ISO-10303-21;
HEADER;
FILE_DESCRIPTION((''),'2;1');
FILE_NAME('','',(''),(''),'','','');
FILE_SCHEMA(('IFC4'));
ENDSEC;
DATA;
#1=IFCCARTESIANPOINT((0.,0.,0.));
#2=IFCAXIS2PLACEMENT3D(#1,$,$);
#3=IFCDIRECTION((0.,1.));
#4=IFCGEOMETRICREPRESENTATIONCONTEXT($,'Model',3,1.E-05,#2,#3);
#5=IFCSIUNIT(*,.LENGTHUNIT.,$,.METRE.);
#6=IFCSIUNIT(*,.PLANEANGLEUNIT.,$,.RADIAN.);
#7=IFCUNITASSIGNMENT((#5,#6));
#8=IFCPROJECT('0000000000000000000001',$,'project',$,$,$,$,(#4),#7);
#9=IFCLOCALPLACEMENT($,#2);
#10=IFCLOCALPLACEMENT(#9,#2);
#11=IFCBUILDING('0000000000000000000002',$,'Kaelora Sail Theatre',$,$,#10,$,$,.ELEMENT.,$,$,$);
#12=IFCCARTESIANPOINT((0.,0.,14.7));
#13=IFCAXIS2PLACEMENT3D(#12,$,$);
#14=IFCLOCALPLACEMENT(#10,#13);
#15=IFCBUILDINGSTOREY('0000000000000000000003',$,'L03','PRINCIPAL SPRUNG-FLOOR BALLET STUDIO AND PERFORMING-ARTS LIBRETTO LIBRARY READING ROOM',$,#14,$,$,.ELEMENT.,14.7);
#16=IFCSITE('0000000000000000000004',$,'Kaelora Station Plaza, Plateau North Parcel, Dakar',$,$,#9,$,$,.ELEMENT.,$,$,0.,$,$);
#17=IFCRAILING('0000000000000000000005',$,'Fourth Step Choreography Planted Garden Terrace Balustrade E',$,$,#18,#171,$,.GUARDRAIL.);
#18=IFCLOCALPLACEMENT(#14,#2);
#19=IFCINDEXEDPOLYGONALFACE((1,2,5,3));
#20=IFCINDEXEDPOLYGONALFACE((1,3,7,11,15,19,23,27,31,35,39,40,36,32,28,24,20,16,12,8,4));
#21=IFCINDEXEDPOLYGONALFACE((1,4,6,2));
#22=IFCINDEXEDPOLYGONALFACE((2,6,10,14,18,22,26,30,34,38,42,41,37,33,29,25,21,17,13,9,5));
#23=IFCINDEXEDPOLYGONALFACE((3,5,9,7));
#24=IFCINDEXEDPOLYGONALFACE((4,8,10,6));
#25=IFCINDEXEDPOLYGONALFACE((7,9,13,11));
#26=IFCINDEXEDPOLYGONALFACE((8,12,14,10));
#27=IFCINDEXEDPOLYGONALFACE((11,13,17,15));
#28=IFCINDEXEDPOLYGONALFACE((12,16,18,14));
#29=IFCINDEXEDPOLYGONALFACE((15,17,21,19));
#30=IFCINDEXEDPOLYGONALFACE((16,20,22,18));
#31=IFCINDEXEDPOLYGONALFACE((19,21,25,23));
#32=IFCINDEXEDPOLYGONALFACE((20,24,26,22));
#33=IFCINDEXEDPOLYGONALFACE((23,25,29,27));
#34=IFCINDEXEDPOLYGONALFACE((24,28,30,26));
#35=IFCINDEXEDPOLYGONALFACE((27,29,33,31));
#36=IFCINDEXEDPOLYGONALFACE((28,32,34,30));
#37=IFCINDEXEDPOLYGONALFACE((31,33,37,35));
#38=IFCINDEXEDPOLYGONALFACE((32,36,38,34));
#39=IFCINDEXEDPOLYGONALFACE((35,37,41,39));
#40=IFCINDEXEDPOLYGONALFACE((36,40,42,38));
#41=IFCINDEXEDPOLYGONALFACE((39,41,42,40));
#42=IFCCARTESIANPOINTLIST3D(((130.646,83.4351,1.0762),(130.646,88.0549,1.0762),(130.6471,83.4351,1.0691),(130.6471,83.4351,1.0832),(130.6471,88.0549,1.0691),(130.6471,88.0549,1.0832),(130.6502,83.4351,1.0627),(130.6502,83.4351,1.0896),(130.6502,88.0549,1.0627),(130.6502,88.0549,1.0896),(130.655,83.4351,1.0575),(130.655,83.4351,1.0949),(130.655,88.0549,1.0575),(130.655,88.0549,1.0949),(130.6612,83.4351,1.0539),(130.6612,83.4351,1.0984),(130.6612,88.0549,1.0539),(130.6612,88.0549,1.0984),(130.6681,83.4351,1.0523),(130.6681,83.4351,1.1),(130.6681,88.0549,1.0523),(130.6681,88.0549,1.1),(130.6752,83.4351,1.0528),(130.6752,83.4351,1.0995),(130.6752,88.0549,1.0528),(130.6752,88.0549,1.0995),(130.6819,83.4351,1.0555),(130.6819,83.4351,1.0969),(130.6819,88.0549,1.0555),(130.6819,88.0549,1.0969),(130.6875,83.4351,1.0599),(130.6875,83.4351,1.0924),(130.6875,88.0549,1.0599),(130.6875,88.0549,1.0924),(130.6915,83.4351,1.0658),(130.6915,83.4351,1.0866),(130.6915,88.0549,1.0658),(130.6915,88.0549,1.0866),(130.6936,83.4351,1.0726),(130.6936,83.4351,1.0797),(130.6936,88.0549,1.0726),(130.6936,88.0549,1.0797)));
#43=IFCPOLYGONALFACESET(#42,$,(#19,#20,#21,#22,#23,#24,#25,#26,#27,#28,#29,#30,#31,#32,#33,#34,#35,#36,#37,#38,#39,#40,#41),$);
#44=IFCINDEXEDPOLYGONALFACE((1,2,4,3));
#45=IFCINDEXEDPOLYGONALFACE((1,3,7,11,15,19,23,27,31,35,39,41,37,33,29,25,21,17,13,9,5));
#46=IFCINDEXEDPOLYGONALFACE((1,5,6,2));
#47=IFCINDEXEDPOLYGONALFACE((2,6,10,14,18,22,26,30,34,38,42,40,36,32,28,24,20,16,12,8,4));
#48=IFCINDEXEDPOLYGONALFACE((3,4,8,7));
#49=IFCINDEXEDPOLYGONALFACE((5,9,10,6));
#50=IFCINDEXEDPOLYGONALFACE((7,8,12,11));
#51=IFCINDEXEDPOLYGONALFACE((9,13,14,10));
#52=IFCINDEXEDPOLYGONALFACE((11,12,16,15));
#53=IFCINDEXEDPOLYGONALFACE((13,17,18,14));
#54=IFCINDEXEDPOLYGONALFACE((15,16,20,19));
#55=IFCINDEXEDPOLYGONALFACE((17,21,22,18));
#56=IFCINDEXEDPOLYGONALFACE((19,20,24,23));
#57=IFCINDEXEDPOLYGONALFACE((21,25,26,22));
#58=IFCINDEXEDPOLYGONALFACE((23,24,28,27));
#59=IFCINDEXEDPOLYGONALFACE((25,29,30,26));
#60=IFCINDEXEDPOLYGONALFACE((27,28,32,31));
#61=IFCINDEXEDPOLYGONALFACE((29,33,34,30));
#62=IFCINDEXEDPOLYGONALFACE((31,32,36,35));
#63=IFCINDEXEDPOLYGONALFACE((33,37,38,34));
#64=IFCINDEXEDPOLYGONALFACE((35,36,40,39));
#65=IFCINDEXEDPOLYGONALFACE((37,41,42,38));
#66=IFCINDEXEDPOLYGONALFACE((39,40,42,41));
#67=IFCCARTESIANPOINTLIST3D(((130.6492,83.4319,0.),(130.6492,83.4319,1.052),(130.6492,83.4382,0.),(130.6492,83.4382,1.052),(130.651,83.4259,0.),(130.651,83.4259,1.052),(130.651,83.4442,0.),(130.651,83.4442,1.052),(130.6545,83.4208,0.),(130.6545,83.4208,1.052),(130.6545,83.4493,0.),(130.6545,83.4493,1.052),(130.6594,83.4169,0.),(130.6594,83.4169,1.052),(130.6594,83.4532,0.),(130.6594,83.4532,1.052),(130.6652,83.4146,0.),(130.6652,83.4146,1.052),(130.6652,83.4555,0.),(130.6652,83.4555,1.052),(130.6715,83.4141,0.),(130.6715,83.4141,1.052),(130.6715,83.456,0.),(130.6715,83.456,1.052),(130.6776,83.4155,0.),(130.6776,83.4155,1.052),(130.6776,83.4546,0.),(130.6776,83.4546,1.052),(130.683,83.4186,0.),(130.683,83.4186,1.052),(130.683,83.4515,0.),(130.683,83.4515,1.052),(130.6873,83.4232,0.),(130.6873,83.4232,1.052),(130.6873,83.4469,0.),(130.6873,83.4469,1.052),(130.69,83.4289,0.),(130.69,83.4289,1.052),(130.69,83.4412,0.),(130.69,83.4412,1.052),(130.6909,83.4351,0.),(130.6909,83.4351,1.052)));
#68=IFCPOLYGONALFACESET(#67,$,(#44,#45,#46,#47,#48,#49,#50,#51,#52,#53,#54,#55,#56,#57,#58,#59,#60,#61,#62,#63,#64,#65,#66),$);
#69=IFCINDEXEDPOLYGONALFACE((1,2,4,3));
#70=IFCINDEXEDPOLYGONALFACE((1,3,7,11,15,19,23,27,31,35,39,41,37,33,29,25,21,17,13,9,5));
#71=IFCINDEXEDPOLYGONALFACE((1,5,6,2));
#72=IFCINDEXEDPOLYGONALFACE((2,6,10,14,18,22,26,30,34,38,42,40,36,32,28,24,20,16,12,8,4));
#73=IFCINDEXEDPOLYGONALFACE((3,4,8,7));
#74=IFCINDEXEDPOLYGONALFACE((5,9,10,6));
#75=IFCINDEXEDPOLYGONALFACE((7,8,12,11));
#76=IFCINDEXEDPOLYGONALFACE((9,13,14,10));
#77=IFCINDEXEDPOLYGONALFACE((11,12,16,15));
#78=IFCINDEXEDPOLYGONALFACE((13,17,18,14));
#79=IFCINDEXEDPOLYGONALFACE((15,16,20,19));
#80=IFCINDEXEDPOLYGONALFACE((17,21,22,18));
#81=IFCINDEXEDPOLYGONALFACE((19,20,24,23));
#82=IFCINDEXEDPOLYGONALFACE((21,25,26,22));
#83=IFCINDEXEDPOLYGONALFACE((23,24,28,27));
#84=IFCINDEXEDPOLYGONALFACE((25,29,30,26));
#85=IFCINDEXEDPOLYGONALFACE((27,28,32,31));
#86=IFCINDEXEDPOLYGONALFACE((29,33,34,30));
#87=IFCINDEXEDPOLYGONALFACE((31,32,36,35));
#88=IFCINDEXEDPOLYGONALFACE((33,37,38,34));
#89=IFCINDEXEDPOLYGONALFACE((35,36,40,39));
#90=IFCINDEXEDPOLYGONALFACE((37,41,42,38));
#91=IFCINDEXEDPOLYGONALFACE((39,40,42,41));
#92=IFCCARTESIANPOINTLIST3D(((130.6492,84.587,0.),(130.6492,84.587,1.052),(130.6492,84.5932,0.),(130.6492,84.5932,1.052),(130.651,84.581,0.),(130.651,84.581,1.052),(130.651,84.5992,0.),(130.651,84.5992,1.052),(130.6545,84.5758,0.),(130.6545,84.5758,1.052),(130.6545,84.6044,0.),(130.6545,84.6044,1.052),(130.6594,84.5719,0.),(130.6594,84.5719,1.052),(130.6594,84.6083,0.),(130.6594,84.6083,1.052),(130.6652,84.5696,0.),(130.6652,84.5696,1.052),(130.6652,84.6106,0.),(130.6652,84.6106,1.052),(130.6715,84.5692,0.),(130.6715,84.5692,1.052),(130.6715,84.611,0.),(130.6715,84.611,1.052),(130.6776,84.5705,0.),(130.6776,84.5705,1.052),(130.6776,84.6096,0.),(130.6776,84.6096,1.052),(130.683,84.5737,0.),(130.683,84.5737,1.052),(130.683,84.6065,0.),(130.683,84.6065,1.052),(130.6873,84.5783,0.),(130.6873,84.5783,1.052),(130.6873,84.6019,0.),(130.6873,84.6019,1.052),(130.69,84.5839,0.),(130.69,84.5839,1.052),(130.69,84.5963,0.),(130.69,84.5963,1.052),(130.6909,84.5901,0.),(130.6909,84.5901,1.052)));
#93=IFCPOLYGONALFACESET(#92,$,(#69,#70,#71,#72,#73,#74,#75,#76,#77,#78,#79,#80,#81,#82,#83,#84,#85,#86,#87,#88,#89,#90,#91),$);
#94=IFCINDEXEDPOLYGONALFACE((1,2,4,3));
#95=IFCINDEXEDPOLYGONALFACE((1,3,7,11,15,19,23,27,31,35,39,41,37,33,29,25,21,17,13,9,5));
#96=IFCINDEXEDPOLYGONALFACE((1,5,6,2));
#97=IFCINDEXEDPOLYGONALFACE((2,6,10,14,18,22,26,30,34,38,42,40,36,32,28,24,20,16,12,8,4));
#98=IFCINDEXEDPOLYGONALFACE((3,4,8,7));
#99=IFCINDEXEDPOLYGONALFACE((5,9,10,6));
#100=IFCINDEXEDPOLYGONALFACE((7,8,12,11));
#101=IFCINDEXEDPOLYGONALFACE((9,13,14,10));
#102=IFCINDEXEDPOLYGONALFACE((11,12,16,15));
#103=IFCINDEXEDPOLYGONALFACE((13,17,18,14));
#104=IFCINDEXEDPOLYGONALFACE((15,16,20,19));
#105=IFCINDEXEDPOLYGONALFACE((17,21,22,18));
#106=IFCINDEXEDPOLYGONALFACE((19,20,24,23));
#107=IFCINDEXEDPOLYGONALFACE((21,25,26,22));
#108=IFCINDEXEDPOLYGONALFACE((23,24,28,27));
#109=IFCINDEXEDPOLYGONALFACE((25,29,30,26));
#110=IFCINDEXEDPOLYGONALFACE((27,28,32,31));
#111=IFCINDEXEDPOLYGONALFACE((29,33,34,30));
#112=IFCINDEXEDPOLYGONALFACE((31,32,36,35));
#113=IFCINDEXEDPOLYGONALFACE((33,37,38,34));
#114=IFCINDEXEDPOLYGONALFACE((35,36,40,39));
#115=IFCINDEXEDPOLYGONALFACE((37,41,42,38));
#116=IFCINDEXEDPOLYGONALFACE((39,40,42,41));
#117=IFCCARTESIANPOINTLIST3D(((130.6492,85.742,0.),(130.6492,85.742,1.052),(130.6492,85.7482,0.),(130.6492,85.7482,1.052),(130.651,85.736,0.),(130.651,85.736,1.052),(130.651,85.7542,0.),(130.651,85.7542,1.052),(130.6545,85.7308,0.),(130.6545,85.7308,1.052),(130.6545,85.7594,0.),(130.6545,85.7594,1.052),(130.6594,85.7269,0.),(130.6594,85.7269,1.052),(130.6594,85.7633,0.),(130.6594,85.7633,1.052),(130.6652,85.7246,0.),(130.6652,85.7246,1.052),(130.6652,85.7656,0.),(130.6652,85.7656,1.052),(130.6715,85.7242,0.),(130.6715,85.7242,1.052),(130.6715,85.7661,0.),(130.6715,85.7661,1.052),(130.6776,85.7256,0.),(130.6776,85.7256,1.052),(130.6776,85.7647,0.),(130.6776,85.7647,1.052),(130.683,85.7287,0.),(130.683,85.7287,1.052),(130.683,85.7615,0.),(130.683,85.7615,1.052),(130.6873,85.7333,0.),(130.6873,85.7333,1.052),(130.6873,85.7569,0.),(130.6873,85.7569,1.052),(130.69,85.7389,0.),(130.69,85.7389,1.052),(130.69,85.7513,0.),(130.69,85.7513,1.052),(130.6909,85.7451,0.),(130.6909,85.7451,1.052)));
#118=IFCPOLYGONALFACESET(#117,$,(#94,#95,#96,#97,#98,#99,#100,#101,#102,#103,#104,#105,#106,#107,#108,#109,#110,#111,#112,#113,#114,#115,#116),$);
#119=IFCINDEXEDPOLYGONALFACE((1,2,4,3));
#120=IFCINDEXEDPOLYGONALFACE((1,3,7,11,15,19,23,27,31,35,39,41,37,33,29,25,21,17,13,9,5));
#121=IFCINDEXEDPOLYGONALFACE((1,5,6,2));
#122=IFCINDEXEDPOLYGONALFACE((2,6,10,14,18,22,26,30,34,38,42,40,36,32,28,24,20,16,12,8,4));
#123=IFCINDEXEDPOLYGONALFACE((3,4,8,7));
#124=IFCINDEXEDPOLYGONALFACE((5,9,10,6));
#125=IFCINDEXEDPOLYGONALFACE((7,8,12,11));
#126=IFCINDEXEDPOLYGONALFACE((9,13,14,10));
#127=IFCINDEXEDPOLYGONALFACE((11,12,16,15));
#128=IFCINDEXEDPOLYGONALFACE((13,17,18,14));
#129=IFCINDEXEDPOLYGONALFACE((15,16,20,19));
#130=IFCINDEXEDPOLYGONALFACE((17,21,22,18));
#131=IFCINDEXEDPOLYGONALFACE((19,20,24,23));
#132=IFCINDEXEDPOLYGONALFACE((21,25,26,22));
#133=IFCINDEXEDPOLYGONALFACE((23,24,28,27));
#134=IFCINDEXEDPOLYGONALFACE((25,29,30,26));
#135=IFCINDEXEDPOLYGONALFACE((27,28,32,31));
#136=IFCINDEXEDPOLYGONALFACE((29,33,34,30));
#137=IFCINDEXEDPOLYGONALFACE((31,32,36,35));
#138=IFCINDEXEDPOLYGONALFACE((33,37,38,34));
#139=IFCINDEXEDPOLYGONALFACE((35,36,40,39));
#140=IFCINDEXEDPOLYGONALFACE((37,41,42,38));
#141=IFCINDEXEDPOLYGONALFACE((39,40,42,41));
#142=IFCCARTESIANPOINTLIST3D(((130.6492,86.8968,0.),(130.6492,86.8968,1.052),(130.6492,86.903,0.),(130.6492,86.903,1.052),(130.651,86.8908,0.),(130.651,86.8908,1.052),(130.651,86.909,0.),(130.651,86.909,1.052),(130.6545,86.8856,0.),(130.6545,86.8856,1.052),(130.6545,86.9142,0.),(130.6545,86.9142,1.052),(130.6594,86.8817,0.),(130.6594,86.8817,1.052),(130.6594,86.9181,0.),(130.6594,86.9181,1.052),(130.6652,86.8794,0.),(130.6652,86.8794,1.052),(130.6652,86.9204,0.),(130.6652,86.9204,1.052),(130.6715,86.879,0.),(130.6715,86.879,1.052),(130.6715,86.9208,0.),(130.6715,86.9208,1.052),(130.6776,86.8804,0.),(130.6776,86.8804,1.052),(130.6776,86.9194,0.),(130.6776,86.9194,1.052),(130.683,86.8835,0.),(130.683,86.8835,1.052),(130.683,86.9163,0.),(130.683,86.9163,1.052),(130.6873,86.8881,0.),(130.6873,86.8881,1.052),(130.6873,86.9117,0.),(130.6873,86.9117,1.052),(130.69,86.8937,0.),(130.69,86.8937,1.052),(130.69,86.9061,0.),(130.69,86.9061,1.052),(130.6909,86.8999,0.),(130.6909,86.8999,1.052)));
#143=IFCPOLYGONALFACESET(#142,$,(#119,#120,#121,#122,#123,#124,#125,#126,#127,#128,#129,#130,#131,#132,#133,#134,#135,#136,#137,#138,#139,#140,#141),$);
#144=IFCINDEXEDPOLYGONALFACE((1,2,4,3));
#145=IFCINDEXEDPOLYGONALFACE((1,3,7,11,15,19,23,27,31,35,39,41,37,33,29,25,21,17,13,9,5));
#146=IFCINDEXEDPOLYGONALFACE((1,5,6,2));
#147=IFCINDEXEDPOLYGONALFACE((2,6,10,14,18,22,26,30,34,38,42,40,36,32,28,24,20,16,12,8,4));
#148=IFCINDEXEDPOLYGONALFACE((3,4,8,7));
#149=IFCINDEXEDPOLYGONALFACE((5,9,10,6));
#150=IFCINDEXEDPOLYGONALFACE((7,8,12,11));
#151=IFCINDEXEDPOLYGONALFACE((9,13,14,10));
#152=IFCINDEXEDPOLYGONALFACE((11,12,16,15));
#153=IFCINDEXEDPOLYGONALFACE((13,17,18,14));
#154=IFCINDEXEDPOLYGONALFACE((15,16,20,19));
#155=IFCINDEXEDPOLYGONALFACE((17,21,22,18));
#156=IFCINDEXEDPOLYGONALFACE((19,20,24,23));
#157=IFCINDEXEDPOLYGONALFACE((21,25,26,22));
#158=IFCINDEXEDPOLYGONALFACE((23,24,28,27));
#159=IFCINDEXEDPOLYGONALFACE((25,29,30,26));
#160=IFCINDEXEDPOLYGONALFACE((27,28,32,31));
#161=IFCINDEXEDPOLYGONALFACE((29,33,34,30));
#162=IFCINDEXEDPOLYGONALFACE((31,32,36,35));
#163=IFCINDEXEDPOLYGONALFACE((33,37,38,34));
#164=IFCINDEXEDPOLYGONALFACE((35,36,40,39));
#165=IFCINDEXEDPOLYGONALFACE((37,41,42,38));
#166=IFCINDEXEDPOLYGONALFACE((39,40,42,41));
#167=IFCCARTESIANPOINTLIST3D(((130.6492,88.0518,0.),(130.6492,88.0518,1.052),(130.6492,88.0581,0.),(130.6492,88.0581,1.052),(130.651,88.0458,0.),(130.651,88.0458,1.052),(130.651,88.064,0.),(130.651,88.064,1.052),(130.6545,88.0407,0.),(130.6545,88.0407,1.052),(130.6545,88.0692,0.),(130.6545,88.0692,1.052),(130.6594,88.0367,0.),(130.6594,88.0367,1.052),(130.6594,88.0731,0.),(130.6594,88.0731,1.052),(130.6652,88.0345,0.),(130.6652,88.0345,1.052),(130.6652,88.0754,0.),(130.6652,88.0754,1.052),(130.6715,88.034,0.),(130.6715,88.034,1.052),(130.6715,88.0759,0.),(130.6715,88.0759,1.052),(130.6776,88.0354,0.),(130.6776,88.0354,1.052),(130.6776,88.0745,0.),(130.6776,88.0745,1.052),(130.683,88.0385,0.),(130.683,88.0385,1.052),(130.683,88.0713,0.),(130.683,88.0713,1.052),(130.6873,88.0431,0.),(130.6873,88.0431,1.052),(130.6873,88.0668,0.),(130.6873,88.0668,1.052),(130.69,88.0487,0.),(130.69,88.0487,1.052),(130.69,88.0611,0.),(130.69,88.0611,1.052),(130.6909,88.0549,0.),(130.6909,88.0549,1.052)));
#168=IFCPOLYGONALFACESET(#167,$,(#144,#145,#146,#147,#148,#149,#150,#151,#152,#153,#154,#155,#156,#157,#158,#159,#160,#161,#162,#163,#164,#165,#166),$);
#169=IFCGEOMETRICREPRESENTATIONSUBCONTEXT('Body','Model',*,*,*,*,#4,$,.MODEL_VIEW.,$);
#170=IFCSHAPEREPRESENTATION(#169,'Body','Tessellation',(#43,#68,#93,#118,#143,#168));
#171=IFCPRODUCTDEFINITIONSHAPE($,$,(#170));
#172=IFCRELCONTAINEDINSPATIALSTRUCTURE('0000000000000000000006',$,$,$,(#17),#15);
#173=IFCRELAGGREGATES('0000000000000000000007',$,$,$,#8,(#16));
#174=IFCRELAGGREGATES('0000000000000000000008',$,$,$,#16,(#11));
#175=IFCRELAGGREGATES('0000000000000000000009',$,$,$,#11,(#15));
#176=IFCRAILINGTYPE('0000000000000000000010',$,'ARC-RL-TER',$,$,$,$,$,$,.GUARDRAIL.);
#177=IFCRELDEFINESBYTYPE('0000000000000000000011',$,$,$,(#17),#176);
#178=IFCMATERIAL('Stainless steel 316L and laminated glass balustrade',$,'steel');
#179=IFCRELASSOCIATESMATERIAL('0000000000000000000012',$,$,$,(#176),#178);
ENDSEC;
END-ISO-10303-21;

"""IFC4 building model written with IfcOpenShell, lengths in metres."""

from ifc_helpers import new_model, si_unit, direction, frame, origin, origin_2d, place, context, subcontext, project, spatial, circle, extrude, material, type_object, element, save


model = new_model("IFC4")

# Units and contexts
model_context = context("Model", 3, precision=1e-05, world=origin(), true_north=direction((0.0, 1.0)))
body_context = subcontext(model_context, "Body", "Model", "MODEL_VIEW")
ifc_project = project(units=[si_unit("LENGTHUNIT", "METRE"), si_unit("PLANEANGLEUNIT", "RADIAN")], contexts=[model_context])

# Site, building, storey
site_placement = place(None, origin())
site = spatial("IfcSite", under=ifc_project, at=site_placement, Name="Kaelora Station Plaza, Plateau North Parcel, Dakar", CompositionType="ELEMENT", RefElevation=0.0)
building_placement = place(site_placement, origin())
building = spatial("IfcBuilding", under=site, at=building_placement, Name="Kaelora Sail Theatre", CompositionType="ELEMENT")
storey_placement = place(building_placement, frame((0.0, 0.0, 14.7)))
storey = spatial("IfcBuildingStorey", under=building, at=storey_placement, Name="L03", Description="PRINCIPAL SPRUNG-FLOOR BALLET STUDIO AND PERFORMING-ARTS LIBRETTO LIBRARY READING ROOM", CompositionType="ELEMENT", Elevation=14.7)

# Railing
ifc_material_1 = material(Name="Stainless steel 316L and laminated glass balustrade", Category="steel")
railing_type = type_object("IfcRailingType", Name="ARC-RL-TER", PredefinedType="GUARDRAIL", material=ifc_material_1)
railing_placement = place(storey_placement, frame((130.6699, 83.4351, 0.0)))
element("IfcRailing", 1, at=railing_placement, inside=storey, type_object=railing_type, Name="Fourth Step Choreography Planted Garden Terrace Balustrade E", PredefinedType="GUARDRAIL", context=body_context, shape_type="SweptSolid", body=[
    extrude(circle(Radius=0.0239, at=origin_2d()), frame((0.0, 0.0, 1.0762), z_axis=(0.0, 1.0, 0.0), x_axis=(-1.0, 0.0, 0.0)), (0.0, 0.0, 1.0), 4.6199),
    extrude(circle(Radius=0.021, at=origin_2d()), origin(), (0.0, 0.0, 1.0), 1.052),
    extrude(circle(Radius=0.021, at=origin_2d()), frame((0.0, 1.155, 0.0)), (0.0, 0.0, 1.0), 1.052),
    extrude(circle(Radius=0.021, at=origin_2d()), frame((0.0, 2.3101, 0.0)), (0.0, 0.0, 1.0), 1.052),
    extrude(circle(Radius=0.021, at=origin_2d()), frame((0.0, 3.4648, 0.0)), (0.0, 0.0, 1.0), 1.052),
    extrude(circle(Radius=0.021, at=origin_2d()), frame((0.0, 4.6199, 0.0)), (0.0, 0.0, 1.0), 1.052),
])

save(model, "model.ifc")
